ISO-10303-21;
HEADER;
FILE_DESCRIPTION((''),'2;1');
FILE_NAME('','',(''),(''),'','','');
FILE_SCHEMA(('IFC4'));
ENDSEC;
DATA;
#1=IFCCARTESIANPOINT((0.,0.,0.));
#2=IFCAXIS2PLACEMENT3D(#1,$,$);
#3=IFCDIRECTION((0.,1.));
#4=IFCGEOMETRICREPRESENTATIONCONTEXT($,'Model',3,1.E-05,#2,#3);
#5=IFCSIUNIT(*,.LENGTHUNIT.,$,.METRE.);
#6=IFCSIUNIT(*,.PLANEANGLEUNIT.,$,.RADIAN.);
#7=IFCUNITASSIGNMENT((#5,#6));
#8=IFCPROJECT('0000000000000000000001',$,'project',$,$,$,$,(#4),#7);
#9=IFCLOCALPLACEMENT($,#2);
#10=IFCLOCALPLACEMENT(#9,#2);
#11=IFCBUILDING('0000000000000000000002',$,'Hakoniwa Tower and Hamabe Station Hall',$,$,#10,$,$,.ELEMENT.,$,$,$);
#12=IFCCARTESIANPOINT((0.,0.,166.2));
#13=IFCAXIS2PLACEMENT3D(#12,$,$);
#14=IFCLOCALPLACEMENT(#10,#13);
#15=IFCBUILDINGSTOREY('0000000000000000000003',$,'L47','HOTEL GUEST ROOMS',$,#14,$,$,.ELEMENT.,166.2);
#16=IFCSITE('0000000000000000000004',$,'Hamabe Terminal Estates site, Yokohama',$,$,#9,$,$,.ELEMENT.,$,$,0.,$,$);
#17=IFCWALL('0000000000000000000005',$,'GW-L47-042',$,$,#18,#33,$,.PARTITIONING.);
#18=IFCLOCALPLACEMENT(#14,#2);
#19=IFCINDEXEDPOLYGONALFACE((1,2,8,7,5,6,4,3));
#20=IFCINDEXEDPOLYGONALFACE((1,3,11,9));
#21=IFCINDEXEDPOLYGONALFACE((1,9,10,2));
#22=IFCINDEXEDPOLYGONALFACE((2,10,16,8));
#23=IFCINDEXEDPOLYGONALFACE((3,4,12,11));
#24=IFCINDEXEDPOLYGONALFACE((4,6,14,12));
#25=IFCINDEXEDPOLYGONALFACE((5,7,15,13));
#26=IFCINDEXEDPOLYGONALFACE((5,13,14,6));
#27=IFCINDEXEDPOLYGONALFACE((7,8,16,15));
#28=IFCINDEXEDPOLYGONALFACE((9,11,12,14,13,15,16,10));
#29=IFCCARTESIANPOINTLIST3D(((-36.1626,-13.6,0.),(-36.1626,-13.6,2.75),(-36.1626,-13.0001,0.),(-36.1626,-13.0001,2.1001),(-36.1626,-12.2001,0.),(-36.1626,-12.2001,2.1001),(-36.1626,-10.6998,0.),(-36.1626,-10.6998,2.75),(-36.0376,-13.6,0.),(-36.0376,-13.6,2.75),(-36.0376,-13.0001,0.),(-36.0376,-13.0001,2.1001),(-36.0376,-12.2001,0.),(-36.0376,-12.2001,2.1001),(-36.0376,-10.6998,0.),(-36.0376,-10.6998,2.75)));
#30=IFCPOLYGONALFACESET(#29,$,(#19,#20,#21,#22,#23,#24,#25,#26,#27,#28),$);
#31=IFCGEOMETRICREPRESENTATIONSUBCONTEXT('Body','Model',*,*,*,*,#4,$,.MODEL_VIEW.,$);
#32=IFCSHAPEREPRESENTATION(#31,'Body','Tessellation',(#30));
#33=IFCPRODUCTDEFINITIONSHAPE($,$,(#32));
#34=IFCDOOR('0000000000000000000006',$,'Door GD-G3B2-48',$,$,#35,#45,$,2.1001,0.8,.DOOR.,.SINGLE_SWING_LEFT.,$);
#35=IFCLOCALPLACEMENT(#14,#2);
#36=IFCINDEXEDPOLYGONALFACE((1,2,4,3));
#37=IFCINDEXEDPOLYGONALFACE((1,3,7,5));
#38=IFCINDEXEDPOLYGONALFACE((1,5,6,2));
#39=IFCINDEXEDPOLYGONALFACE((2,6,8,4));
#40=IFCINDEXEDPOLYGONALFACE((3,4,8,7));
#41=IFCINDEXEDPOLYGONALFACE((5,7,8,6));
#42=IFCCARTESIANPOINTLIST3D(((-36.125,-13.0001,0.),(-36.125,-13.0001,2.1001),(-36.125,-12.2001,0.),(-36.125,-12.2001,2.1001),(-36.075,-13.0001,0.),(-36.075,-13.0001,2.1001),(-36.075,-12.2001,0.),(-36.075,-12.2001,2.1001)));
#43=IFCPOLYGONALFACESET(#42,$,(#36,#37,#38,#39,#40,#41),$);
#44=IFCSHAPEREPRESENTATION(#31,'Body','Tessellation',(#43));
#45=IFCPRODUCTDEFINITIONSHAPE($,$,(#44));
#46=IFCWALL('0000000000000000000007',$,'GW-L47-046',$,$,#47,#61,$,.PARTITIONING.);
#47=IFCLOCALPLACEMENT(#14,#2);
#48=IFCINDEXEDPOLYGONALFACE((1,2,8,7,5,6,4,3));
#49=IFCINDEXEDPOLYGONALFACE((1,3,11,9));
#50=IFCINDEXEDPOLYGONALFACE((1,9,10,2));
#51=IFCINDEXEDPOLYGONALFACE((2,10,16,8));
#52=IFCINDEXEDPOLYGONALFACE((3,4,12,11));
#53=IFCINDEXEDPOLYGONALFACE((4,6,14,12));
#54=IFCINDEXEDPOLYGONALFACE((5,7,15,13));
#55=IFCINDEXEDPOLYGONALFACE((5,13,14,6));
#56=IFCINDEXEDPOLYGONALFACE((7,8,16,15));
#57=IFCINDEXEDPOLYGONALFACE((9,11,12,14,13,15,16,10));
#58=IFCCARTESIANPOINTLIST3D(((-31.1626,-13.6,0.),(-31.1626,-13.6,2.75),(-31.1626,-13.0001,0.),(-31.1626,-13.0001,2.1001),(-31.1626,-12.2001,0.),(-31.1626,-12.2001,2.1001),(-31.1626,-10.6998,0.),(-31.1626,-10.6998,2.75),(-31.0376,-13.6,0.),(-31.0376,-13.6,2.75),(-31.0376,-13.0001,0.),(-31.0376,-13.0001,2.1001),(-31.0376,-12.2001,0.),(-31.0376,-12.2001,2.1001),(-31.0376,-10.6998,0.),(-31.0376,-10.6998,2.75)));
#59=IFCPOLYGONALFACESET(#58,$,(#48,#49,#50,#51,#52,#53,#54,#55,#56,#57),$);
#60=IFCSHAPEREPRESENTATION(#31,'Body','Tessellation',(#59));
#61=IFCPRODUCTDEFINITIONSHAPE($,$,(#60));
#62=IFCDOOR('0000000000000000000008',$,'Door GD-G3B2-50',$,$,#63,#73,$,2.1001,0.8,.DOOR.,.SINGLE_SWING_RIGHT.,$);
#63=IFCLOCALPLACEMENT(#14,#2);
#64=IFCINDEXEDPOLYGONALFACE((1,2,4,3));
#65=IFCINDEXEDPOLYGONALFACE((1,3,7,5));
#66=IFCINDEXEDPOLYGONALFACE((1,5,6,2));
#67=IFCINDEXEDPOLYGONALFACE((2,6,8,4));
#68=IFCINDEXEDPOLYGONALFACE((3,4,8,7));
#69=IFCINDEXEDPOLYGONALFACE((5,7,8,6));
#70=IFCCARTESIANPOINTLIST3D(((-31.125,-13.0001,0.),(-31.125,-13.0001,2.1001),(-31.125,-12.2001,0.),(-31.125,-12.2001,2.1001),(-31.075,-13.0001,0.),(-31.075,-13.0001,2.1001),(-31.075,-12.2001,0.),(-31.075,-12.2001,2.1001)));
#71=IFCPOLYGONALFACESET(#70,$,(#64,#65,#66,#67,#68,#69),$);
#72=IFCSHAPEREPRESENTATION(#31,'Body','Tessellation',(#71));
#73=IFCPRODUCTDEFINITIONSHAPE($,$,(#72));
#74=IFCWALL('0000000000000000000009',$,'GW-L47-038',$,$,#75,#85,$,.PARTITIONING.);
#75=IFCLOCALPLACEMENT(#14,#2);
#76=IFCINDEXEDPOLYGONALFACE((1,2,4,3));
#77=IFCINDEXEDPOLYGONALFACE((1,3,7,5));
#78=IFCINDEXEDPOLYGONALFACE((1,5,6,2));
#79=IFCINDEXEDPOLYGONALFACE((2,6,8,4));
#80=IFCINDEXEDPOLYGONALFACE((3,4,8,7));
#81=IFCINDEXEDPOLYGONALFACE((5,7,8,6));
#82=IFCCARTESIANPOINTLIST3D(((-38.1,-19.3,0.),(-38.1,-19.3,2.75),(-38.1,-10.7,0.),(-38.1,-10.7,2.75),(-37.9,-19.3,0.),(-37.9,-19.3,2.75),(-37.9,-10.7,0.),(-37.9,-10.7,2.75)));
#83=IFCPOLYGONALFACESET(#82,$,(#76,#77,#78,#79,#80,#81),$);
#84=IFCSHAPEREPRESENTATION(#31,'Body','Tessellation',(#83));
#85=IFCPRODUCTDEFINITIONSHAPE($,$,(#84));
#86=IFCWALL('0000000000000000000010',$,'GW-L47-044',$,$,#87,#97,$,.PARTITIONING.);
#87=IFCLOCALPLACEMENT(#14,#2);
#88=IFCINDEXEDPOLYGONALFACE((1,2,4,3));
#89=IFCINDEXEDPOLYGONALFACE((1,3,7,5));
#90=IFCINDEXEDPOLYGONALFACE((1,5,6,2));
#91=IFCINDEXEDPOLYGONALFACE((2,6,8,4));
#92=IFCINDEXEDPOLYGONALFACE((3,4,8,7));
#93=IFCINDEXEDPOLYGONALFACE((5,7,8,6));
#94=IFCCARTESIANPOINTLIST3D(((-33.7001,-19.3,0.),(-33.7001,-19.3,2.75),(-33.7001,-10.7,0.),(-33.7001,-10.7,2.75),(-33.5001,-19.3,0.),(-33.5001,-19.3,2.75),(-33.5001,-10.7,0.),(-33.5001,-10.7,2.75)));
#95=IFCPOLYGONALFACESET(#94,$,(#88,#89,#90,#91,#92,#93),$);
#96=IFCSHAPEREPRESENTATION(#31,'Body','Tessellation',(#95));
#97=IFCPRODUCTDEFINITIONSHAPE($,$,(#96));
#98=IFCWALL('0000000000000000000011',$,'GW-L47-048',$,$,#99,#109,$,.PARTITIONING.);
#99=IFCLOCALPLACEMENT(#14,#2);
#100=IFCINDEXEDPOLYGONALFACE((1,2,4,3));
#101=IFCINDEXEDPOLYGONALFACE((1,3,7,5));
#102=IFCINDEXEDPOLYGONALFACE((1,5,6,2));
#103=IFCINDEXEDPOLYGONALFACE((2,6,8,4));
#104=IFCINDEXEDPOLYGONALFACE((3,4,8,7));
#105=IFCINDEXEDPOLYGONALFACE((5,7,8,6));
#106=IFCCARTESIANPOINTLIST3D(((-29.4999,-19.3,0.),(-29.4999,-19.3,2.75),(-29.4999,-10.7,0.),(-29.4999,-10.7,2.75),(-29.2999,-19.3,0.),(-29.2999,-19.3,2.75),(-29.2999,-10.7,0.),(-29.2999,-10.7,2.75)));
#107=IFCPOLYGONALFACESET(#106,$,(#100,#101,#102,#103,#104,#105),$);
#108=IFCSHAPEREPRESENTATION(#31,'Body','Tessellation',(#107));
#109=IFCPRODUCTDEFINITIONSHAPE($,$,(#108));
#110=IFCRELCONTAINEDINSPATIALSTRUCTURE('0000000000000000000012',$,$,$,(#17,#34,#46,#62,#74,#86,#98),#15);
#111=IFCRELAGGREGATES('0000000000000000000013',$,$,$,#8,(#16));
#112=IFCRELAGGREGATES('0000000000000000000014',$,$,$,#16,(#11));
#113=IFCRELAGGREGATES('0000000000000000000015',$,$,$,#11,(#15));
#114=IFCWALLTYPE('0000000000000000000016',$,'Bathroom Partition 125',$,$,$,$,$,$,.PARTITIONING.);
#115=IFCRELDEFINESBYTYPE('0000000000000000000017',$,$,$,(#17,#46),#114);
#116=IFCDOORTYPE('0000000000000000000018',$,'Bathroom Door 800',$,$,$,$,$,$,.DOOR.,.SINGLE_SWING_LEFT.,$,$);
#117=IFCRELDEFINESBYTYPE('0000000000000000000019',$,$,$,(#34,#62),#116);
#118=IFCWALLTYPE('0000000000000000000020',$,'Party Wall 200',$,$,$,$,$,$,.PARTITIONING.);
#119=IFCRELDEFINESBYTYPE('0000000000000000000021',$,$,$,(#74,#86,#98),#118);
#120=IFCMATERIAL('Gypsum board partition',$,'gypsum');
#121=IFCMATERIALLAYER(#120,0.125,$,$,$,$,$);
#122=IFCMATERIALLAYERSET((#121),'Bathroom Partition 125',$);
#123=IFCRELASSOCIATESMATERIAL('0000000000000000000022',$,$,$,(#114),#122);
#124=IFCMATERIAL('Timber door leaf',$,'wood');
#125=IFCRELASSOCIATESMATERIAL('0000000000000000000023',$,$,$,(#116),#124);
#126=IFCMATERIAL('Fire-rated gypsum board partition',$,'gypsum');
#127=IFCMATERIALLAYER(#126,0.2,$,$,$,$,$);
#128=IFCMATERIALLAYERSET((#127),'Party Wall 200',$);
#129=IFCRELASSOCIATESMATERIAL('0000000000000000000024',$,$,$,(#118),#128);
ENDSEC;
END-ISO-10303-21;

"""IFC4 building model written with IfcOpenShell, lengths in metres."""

from ifc_helpers import new_model, si_unit, direction, frame, frame_2d, origin, place, context, subcontext, project, spatial, rectangle, extrude, material, layer, layer_set, type_object, element, fill, save


model = new_model("IFC4")

# Units and contexts
model_context = context("Model", 3, precision=1e-05, world=origin(), true_north=direction((0.0, 1.0)))
body_context = subcontext(model_context, "Body", "Model", "MODEL_VIEW")
ifc_project = project(units=[si_unit("LENGTHUNIT", "METRE"), si_unit("PLANEANGLEUNIT", "RADIAN")], contexts=[model_context])

# Site, building, storey
site_placement = place(None, origin())
site = spatial("IfcSite", under=ifc_project, at=site_placement, Name="Hamabe Terminal Estates site, Yokohama", CompositionType="ELEMENT", RefElevation=0.0)
building_placement = place(site_placement, origin())
building = spatial("IfcBuilding", under=site, at=building_placement, Name="Hakoniwa Tower and Hamabe Station Hall", CompositionType="ELEMENT")
storey_placement = place(building_placement, frame((0.0, 0.0, 166.2)))
storey = spatial("IfcBuildingStorey", under=building, at=storey_placement, Name="L47", Description="HOTEL GUEST ROOMS", CompositionType="ELEMENT", Elevation=166.2)

# Shared definitions
ifc_material_1 = material(Name="Gypsum board partition", Category="gypsum")
ifc_layer_1 = layer(ifc_material_1, 0.125)
ifc_layer_set_1 = layer_set([ifc_layer_1], Name="Bathroom Partition 125")
wall_type_1 = type_object("IfcWallType", Name="Bathroom Partition 125", PredefinedType="PARTITIONING", material=ifc_layer_set_1)

# Walls, openings, doors
ifc_material_2 = material(Name="Timber door leaf", Category="wood")
door_type = type_object("IfcDoorType", Name="Bathroom Door 800", OperationType="SINGLE_SWING_LEFT", PredefinedType="DOOR", material=ifc_material_2)
wall_1_placement = place(storey_placement, frame((-36.1001, -13.6001, 0.0), z_axis=(0.0, 0.0, 1.0), x_axis=(0.0, 1.0, 0.0)))
wall_1 = element("IfcWall", 1, at=wall_1_placement, inside=storey, type_object=wall_type_1, Name="GW-L47-042", PredefinedType="PARTITIONING", context=body_context, shape_type="SweptSolid", body=[
    extrude(rectangle(XDim=2.9001, YDim=0.125, at=frame_2d((1.4502, 0.0))), origin(), (0.0, 0.0, 1.0), 2.75),
])
opening_1_placement = place(wall_1_placement, frame((0.6001, 0.0, 0.0)))
opening_1 = element("IfcOpeningElement", 2, at=opening_1_placement, cuts=wall_1, PredefinedType="OPENING", context=body_context, shape_type="SweptSolid", body=[
    extrude(rectangle(XDim=0.8, YDim=2.1001, at=frame_2d((0.3999, 1.05))), frame((0.0, 0.0725, 0.0), z_axis=(0.0, -1.0, 0.0), x_axis=(1.0, 0.0, 0.0)), (0.0, 0.0, 1.0), 0.145),
])
door_1_placement = place(opening_1_placement, origin())
door_1 = element("IfcDoor", 3, at=door_1_placement, inside=storey, type_object=door_type, Name="Door GD-G3B2-48", OperationType="SINGLE_SWING_LEFT", OverallHeight=2.1001, OverallWidth=0.8, PredefinedType="DOOR", context=body_context, shape_type="SweptSolid", body=[
    extrude(rectangle(XDim=0.8, YDim=2.1001, at=frame_2d((0.3999, 1.05))), frame((0.0, 0.0249, 0.0), z_axis=(0.0, -1.0, 0.0), x_axis=(1.0, 0.0, 0.0)), (0.0, 0.0, 1.0), 0.05),
])
fill(opening_1, door_1)
wall_2_placement = place(storey_placement, frame((-31.1001, -13.6001, 0.0), z_axis=(0.0, 0.0, 1.0), x_axis=(0.0, 1.0, 0.0)))
wall_2 = element("IfcWall", 4, at=wall_2_placement, inside=storey, type_object=wall_type_1, Name="GW-L47-046", PredefinedType="PARTITIONING", context=body_context, shape_type="SweptSolid", body=[
    extrude(rectangle(XDim=2.9001, YDim=0.125, at=frame_2d((1.4502, 0.0))), origin(), (0.0, 0.0, 1.0), 2.75),
])
opening_2_placement = place(wall_2_placement, frame((0.6001, 0.0, 0.0)))
opening_2 = element("IfcOpeningElement", 5, at=opening_2_placement, cuts=wall_2, PredefinedType="OPENING", context=body_context, shape_type="SweptSolid", body=[
    extrude(rectangle(XDim=0.8, YDim=2.1001, at=frame_2d((0.3999, 1.05))), frame((0.0, 0.0725, 0.0), z_axis=(0.0, -1.0, 0.0), x_axis=(1.0, 0.0, 0.0)), (0.0, 0.0, 1.0), 0.145),
])
door_2_placement = place(opening_2_placement, origin())
door_2 = element("IfcDoor", 6, at=door_2_placement, inside=storey, type_object=door_type, Name="Door GD-G3B2-50", OperationType="SINGLE_SWING_RIGHT", OverallHeight=2.1001, OverallWidth=0.8, PredefinedType="DOOR", context=body_context, shape_type="SweptSolid", body=[
    extrude(rectangle(XDim=0.8, YDim=2.1001, at=frame_2d((0.3999, 1.05))), frame((0.0, 0.0249, 0.0), z_axis=(0.0, -1.0, 0.0), x_axis=(1.0, 0.0, 0.0)), (0.0, 0.0, 1.0), 0.05),
])
fill(opening_2, door_2)

# Walls
ifc_material_3 = material(Name="Fire-rated gypsum board partition", Category="gypsum")
ifc_layer_2 = layer(ifc_material_3, 0.2)
ifc_layer_set_2 = layer_set([ifc_layer_2], Name="Party Wall 200")
wall_type_2 = type_object("IfcWallType", Name="Party Wall 200", PredefinedType="PARTITIONING", material=ifc_layer_set_2)
for number, where, z_axis, x_axis, name in (
    (7, (-38.0, -19.3, 0.0), (0.0, 0.0, 1.0), (0.0, 1.0, 0.0), "GW-L47-038"),
    (8, (-33.6001, -19.3, 0.0), (0.0, 0.0, 1.0), (0.0, 1.0, 0.0), "GW-L47-044"),
    (9, (-29.3999, -19.3, 0.0), (0.0, 0.0, 1.0), (0.0, 1.0, 0.0), "GW-L47-048"),
):
    element("IfcWall", number, at=place(storey_placement, frame(where, z_axis=z_axis, x_axis=x_axis)), inside=storey, type_object=wall_type_2, Name=name, PredefinedType="PARTITIONING", context=body_context, shape_type="SweptSolid", body=[
        extrude(rectangle(XDim=8.6001, YDim=0.2, at=frame_2d((4.3, 0.0))), origin(), (0.0, 0.0, 1.0), 2.75),
    ])

save(model, "model.ifc")
